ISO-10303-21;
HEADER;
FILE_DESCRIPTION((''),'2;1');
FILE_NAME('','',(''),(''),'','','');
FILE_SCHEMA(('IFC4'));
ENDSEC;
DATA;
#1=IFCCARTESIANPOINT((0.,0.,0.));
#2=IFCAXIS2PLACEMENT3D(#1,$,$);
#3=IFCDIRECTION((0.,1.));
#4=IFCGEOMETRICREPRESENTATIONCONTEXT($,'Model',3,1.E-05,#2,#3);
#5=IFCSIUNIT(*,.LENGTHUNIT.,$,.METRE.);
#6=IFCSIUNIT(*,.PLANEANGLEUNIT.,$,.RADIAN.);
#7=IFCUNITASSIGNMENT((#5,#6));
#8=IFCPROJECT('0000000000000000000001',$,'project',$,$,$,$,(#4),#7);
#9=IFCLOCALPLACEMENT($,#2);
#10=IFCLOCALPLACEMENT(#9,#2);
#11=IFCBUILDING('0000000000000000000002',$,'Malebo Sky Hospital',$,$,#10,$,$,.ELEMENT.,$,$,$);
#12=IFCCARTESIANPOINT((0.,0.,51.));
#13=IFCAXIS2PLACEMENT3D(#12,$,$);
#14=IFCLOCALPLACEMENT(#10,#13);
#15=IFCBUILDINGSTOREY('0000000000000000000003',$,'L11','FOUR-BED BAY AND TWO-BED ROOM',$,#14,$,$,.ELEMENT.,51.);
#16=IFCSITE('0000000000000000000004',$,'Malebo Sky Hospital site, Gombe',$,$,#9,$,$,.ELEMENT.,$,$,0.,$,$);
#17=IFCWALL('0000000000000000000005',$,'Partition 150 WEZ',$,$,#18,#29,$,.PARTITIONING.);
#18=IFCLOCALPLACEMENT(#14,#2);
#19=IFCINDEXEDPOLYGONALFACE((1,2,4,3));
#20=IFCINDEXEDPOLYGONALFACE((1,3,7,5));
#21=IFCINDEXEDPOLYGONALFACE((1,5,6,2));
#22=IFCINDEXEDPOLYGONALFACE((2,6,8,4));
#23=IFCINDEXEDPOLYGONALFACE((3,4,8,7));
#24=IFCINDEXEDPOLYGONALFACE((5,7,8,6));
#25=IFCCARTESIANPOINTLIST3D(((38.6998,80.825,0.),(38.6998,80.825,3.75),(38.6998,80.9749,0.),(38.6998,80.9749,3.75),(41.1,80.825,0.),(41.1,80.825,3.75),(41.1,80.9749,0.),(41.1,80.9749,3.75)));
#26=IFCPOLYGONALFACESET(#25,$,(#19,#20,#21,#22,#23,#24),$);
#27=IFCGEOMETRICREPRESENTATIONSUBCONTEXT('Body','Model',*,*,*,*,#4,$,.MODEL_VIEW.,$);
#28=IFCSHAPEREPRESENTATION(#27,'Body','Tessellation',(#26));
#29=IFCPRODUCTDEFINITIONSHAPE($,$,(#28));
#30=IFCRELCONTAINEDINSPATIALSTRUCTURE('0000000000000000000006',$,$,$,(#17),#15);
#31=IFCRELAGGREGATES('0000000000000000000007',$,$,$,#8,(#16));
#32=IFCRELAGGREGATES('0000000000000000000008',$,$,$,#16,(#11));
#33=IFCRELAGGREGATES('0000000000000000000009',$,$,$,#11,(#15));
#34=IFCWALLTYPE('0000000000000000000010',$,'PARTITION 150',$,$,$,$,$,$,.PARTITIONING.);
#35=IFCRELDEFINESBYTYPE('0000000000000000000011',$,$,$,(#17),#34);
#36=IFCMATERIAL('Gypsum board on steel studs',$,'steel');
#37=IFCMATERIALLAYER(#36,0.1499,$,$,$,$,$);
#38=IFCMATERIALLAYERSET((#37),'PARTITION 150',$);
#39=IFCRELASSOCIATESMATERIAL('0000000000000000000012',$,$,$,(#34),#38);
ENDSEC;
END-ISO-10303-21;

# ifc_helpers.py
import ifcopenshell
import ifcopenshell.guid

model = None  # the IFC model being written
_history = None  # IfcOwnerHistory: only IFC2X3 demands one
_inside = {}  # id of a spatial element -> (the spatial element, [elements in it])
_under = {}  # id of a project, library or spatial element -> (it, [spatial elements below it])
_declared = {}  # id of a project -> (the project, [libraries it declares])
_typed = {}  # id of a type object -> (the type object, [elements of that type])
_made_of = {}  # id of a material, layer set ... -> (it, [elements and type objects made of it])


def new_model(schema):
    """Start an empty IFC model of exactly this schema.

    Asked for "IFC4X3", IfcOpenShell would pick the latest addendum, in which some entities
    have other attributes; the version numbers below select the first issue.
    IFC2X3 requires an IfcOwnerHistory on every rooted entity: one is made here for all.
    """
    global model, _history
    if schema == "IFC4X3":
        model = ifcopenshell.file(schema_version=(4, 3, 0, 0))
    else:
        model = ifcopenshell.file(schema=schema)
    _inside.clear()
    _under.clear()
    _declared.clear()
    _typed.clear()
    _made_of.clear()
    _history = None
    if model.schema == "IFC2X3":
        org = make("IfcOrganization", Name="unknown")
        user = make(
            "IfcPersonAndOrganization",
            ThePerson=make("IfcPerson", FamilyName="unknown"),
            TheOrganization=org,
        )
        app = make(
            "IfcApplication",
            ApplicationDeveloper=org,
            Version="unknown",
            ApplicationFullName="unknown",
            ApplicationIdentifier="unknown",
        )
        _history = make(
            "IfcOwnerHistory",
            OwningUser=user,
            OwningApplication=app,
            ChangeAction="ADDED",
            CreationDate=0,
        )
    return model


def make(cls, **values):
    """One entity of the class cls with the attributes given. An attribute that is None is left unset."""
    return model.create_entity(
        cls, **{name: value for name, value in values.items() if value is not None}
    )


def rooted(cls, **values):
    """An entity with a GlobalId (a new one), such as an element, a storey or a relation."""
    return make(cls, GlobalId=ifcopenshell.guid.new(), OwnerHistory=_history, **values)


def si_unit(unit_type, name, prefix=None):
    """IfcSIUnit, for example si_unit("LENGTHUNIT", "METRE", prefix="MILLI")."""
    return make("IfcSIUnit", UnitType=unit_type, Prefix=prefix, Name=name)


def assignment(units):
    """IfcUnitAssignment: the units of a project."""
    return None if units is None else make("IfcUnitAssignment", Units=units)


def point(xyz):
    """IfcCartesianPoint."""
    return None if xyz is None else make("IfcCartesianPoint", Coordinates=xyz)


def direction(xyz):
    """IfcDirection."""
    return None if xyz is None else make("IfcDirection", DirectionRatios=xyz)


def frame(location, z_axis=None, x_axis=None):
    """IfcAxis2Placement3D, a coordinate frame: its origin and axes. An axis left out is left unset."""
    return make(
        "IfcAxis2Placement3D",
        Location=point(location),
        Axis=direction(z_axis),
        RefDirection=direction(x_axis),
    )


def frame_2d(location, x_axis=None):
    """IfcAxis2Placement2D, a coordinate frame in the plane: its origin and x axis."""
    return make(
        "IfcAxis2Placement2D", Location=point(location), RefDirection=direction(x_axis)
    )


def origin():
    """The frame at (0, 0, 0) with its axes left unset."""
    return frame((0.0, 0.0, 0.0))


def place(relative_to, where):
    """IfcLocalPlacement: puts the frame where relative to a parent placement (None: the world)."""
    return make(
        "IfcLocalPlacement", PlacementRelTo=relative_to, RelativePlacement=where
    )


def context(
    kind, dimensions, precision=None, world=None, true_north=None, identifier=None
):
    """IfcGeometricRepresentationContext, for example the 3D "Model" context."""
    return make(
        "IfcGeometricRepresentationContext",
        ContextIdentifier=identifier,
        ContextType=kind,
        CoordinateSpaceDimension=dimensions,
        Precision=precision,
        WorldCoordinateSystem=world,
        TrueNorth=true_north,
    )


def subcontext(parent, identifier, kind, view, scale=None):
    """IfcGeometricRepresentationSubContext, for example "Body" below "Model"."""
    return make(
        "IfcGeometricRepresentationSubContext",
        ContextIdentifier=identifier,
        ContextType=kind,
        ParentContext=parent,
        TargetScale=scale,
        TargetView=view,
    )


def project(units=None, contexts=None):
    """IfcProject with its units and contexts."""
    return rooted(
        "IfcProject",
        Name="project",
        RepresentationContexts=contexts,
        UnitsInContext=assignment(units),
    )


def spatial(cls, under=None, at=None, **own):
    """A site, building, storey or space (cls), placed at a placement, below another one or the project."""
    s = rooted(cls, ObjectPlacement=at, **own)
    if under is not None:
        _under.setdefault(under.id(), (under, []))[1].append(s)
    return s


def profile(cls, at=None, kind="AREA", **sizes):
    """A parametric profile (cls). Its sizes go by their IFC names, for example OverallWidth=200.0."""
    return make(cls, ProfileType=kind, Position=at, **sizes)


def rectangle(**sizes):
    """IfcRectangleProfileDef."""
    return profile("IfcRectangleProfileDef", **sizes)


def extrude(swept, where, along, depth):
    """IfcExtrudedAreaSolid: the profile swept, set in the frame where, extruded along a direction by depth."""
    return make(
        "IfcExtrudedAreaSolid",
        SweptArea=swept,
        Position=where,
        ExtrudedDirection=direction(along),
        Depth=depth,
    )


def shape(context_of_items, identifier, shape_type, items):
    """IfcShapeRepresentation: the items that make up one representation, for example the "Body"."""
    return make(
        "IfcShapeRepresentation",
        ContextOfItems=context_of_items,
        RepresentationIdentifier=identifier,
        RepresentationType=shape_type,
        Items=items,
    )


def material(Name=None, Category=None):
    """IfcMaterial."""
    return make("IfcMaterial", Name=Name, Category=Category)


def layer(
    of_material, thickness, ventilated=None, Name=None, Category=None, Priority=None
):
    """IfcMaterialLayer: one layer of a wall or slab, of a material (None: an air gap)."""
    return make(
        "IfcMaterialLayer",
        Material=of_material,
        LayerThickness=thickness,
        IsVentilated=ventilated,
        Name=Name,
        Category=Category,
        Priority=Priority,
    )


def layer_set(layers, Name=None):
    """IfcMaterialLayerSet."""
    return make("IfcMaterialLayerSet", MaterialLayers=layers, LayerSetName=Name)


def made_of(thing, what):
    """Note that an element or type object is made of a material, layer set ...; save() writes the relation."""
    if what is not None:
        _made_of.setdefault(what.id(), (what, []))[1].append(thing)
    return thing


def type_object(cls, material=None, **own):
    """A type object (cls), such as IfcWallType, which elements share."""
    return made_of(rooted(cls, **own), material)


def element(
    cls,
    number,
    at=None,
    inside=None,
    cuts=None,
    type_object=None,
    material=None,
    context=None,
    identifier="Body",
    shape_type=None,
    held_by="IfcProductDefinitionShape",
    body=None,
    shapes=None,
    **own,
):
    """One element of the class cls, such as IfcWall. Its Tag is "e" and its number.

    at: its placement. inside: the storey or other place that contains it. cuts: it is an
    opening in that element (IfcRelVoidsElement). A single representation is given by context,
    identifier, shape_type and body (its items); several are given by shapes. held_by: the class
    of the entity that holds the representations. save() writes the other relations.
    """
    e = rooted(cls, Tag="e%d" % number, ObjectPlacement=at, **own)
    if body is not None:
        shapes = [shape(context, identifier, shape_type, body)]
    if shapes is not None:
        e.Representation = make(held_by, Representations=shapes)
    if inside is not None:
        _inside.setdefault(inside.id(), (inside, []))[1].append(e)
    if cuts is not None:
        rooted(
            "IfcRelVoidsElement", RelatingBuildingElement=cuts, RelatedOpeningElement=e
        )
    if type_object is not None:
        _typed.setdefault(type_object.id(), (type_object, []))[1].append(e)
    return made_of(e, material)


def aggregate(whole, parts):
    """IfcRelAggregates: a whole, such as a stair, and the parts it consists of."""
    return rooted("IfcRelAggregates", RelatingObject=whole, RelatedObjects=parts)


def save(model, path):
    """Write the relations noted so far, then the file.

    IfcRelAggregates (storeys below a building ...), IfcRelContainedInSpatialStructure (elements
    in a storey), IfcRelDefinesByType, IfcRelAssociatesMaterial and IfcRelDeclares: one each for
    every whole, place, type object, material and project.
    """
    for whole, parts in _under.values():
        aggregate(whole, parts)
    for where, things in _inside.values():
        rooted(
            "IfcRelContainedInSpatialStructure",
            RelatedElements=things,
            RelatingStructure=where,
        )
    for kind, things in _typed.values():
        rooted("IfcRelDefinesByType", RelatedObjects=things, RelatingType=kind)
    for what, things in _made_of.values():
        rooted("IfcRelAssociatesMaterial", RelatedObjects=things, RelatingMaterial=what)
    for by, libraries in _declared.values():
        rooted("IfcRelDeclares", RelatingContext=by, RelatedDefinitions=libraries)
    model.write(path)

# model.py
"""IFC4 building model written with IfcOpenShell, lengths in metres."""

from ifc_helpers import new_model, si_unit, direction, frame, frame_2d, origin, place, context, subcontext, project, spatial, rectangle, extrude, material, layer, layer_set, type_object, element, save


model = new_model("IFC4")

# Units and contexts
model_context = context("Model", 3, precision=1e-05, world=origin(), true_north=direction((0.0, 1.0)))
body_context = subcontext(model_context, "Body", "Model", "MODEL_VIEW")
ifc_project = project(units=[si_unit("LENGTHUNIT", "METRE"), si_unit("PLANEANGLEUNIT", "RADIAN")], contexts=[model_context])

# Site, building, storey
site_placement = place(None, origin())
site = spatial("IfcSite", under=ifc_project, at=site_placement, Name="Malebo Sky Hospital site, Gombe", CompositionType="ELEMENT", RefElevation=0.0)
building_placement = place(site_placement, origin())
building = spatial("IfcBuilding", under=site, at=building_placement, Name="Malebo Sky Hospital", CompositionType="ELEMENT")
storey_placement = place(building_placement, frame((0.0, 0.0, 51.0)))
storey = spatial("IfcBuildingStorey", under=building, at=storey_placement, Name="L11", Description="FOUR-BED BAY AND TWO-BED ROOM", CompositionType="ELEMENT", Elevation=51.0)

# Shared definitions
ifc_material_1 = material(Name="Gypsum board on steel studs", Category="steel")

# Shared definitions
ifc_layer_1 = layer(ifc_material_1, 0.1499)
ifc_layer_set_1 = layer_set([ifc_layer_1], Name="PARTITION 150")
wall_type_1 = type_object("IfcWallType", Name="PARTITION 150", PredefinedType="PARTITIONING", material=ifc_layer_set_1)

# Wall
for number, where, z_axis, x_axis, name in (
    (1, (41.1001, 80.8999, 0.0), (0.0, 0.0, 1.0), (-1.0, 0.0, 0.0), "Partition 150 WEZ"),
):
    element("IfcWall", number, at=place(storey_placement, frame(where, z_axis=z_axis, x_axis=x_axis)), inside=storey, type_object=wall_type_1, Name=name, PredefinedType="PARTITIONING", context=body_context, shape_type="SweptSolid", body=[
        extrude(rectangle(XDim=2.4001, YDim=0.1499, at=frame_2d((1.2002, 0.0))), origin(), (0.0, 0.0, 1.0), 3.75),
    ])

save(model, "model.ifc")
